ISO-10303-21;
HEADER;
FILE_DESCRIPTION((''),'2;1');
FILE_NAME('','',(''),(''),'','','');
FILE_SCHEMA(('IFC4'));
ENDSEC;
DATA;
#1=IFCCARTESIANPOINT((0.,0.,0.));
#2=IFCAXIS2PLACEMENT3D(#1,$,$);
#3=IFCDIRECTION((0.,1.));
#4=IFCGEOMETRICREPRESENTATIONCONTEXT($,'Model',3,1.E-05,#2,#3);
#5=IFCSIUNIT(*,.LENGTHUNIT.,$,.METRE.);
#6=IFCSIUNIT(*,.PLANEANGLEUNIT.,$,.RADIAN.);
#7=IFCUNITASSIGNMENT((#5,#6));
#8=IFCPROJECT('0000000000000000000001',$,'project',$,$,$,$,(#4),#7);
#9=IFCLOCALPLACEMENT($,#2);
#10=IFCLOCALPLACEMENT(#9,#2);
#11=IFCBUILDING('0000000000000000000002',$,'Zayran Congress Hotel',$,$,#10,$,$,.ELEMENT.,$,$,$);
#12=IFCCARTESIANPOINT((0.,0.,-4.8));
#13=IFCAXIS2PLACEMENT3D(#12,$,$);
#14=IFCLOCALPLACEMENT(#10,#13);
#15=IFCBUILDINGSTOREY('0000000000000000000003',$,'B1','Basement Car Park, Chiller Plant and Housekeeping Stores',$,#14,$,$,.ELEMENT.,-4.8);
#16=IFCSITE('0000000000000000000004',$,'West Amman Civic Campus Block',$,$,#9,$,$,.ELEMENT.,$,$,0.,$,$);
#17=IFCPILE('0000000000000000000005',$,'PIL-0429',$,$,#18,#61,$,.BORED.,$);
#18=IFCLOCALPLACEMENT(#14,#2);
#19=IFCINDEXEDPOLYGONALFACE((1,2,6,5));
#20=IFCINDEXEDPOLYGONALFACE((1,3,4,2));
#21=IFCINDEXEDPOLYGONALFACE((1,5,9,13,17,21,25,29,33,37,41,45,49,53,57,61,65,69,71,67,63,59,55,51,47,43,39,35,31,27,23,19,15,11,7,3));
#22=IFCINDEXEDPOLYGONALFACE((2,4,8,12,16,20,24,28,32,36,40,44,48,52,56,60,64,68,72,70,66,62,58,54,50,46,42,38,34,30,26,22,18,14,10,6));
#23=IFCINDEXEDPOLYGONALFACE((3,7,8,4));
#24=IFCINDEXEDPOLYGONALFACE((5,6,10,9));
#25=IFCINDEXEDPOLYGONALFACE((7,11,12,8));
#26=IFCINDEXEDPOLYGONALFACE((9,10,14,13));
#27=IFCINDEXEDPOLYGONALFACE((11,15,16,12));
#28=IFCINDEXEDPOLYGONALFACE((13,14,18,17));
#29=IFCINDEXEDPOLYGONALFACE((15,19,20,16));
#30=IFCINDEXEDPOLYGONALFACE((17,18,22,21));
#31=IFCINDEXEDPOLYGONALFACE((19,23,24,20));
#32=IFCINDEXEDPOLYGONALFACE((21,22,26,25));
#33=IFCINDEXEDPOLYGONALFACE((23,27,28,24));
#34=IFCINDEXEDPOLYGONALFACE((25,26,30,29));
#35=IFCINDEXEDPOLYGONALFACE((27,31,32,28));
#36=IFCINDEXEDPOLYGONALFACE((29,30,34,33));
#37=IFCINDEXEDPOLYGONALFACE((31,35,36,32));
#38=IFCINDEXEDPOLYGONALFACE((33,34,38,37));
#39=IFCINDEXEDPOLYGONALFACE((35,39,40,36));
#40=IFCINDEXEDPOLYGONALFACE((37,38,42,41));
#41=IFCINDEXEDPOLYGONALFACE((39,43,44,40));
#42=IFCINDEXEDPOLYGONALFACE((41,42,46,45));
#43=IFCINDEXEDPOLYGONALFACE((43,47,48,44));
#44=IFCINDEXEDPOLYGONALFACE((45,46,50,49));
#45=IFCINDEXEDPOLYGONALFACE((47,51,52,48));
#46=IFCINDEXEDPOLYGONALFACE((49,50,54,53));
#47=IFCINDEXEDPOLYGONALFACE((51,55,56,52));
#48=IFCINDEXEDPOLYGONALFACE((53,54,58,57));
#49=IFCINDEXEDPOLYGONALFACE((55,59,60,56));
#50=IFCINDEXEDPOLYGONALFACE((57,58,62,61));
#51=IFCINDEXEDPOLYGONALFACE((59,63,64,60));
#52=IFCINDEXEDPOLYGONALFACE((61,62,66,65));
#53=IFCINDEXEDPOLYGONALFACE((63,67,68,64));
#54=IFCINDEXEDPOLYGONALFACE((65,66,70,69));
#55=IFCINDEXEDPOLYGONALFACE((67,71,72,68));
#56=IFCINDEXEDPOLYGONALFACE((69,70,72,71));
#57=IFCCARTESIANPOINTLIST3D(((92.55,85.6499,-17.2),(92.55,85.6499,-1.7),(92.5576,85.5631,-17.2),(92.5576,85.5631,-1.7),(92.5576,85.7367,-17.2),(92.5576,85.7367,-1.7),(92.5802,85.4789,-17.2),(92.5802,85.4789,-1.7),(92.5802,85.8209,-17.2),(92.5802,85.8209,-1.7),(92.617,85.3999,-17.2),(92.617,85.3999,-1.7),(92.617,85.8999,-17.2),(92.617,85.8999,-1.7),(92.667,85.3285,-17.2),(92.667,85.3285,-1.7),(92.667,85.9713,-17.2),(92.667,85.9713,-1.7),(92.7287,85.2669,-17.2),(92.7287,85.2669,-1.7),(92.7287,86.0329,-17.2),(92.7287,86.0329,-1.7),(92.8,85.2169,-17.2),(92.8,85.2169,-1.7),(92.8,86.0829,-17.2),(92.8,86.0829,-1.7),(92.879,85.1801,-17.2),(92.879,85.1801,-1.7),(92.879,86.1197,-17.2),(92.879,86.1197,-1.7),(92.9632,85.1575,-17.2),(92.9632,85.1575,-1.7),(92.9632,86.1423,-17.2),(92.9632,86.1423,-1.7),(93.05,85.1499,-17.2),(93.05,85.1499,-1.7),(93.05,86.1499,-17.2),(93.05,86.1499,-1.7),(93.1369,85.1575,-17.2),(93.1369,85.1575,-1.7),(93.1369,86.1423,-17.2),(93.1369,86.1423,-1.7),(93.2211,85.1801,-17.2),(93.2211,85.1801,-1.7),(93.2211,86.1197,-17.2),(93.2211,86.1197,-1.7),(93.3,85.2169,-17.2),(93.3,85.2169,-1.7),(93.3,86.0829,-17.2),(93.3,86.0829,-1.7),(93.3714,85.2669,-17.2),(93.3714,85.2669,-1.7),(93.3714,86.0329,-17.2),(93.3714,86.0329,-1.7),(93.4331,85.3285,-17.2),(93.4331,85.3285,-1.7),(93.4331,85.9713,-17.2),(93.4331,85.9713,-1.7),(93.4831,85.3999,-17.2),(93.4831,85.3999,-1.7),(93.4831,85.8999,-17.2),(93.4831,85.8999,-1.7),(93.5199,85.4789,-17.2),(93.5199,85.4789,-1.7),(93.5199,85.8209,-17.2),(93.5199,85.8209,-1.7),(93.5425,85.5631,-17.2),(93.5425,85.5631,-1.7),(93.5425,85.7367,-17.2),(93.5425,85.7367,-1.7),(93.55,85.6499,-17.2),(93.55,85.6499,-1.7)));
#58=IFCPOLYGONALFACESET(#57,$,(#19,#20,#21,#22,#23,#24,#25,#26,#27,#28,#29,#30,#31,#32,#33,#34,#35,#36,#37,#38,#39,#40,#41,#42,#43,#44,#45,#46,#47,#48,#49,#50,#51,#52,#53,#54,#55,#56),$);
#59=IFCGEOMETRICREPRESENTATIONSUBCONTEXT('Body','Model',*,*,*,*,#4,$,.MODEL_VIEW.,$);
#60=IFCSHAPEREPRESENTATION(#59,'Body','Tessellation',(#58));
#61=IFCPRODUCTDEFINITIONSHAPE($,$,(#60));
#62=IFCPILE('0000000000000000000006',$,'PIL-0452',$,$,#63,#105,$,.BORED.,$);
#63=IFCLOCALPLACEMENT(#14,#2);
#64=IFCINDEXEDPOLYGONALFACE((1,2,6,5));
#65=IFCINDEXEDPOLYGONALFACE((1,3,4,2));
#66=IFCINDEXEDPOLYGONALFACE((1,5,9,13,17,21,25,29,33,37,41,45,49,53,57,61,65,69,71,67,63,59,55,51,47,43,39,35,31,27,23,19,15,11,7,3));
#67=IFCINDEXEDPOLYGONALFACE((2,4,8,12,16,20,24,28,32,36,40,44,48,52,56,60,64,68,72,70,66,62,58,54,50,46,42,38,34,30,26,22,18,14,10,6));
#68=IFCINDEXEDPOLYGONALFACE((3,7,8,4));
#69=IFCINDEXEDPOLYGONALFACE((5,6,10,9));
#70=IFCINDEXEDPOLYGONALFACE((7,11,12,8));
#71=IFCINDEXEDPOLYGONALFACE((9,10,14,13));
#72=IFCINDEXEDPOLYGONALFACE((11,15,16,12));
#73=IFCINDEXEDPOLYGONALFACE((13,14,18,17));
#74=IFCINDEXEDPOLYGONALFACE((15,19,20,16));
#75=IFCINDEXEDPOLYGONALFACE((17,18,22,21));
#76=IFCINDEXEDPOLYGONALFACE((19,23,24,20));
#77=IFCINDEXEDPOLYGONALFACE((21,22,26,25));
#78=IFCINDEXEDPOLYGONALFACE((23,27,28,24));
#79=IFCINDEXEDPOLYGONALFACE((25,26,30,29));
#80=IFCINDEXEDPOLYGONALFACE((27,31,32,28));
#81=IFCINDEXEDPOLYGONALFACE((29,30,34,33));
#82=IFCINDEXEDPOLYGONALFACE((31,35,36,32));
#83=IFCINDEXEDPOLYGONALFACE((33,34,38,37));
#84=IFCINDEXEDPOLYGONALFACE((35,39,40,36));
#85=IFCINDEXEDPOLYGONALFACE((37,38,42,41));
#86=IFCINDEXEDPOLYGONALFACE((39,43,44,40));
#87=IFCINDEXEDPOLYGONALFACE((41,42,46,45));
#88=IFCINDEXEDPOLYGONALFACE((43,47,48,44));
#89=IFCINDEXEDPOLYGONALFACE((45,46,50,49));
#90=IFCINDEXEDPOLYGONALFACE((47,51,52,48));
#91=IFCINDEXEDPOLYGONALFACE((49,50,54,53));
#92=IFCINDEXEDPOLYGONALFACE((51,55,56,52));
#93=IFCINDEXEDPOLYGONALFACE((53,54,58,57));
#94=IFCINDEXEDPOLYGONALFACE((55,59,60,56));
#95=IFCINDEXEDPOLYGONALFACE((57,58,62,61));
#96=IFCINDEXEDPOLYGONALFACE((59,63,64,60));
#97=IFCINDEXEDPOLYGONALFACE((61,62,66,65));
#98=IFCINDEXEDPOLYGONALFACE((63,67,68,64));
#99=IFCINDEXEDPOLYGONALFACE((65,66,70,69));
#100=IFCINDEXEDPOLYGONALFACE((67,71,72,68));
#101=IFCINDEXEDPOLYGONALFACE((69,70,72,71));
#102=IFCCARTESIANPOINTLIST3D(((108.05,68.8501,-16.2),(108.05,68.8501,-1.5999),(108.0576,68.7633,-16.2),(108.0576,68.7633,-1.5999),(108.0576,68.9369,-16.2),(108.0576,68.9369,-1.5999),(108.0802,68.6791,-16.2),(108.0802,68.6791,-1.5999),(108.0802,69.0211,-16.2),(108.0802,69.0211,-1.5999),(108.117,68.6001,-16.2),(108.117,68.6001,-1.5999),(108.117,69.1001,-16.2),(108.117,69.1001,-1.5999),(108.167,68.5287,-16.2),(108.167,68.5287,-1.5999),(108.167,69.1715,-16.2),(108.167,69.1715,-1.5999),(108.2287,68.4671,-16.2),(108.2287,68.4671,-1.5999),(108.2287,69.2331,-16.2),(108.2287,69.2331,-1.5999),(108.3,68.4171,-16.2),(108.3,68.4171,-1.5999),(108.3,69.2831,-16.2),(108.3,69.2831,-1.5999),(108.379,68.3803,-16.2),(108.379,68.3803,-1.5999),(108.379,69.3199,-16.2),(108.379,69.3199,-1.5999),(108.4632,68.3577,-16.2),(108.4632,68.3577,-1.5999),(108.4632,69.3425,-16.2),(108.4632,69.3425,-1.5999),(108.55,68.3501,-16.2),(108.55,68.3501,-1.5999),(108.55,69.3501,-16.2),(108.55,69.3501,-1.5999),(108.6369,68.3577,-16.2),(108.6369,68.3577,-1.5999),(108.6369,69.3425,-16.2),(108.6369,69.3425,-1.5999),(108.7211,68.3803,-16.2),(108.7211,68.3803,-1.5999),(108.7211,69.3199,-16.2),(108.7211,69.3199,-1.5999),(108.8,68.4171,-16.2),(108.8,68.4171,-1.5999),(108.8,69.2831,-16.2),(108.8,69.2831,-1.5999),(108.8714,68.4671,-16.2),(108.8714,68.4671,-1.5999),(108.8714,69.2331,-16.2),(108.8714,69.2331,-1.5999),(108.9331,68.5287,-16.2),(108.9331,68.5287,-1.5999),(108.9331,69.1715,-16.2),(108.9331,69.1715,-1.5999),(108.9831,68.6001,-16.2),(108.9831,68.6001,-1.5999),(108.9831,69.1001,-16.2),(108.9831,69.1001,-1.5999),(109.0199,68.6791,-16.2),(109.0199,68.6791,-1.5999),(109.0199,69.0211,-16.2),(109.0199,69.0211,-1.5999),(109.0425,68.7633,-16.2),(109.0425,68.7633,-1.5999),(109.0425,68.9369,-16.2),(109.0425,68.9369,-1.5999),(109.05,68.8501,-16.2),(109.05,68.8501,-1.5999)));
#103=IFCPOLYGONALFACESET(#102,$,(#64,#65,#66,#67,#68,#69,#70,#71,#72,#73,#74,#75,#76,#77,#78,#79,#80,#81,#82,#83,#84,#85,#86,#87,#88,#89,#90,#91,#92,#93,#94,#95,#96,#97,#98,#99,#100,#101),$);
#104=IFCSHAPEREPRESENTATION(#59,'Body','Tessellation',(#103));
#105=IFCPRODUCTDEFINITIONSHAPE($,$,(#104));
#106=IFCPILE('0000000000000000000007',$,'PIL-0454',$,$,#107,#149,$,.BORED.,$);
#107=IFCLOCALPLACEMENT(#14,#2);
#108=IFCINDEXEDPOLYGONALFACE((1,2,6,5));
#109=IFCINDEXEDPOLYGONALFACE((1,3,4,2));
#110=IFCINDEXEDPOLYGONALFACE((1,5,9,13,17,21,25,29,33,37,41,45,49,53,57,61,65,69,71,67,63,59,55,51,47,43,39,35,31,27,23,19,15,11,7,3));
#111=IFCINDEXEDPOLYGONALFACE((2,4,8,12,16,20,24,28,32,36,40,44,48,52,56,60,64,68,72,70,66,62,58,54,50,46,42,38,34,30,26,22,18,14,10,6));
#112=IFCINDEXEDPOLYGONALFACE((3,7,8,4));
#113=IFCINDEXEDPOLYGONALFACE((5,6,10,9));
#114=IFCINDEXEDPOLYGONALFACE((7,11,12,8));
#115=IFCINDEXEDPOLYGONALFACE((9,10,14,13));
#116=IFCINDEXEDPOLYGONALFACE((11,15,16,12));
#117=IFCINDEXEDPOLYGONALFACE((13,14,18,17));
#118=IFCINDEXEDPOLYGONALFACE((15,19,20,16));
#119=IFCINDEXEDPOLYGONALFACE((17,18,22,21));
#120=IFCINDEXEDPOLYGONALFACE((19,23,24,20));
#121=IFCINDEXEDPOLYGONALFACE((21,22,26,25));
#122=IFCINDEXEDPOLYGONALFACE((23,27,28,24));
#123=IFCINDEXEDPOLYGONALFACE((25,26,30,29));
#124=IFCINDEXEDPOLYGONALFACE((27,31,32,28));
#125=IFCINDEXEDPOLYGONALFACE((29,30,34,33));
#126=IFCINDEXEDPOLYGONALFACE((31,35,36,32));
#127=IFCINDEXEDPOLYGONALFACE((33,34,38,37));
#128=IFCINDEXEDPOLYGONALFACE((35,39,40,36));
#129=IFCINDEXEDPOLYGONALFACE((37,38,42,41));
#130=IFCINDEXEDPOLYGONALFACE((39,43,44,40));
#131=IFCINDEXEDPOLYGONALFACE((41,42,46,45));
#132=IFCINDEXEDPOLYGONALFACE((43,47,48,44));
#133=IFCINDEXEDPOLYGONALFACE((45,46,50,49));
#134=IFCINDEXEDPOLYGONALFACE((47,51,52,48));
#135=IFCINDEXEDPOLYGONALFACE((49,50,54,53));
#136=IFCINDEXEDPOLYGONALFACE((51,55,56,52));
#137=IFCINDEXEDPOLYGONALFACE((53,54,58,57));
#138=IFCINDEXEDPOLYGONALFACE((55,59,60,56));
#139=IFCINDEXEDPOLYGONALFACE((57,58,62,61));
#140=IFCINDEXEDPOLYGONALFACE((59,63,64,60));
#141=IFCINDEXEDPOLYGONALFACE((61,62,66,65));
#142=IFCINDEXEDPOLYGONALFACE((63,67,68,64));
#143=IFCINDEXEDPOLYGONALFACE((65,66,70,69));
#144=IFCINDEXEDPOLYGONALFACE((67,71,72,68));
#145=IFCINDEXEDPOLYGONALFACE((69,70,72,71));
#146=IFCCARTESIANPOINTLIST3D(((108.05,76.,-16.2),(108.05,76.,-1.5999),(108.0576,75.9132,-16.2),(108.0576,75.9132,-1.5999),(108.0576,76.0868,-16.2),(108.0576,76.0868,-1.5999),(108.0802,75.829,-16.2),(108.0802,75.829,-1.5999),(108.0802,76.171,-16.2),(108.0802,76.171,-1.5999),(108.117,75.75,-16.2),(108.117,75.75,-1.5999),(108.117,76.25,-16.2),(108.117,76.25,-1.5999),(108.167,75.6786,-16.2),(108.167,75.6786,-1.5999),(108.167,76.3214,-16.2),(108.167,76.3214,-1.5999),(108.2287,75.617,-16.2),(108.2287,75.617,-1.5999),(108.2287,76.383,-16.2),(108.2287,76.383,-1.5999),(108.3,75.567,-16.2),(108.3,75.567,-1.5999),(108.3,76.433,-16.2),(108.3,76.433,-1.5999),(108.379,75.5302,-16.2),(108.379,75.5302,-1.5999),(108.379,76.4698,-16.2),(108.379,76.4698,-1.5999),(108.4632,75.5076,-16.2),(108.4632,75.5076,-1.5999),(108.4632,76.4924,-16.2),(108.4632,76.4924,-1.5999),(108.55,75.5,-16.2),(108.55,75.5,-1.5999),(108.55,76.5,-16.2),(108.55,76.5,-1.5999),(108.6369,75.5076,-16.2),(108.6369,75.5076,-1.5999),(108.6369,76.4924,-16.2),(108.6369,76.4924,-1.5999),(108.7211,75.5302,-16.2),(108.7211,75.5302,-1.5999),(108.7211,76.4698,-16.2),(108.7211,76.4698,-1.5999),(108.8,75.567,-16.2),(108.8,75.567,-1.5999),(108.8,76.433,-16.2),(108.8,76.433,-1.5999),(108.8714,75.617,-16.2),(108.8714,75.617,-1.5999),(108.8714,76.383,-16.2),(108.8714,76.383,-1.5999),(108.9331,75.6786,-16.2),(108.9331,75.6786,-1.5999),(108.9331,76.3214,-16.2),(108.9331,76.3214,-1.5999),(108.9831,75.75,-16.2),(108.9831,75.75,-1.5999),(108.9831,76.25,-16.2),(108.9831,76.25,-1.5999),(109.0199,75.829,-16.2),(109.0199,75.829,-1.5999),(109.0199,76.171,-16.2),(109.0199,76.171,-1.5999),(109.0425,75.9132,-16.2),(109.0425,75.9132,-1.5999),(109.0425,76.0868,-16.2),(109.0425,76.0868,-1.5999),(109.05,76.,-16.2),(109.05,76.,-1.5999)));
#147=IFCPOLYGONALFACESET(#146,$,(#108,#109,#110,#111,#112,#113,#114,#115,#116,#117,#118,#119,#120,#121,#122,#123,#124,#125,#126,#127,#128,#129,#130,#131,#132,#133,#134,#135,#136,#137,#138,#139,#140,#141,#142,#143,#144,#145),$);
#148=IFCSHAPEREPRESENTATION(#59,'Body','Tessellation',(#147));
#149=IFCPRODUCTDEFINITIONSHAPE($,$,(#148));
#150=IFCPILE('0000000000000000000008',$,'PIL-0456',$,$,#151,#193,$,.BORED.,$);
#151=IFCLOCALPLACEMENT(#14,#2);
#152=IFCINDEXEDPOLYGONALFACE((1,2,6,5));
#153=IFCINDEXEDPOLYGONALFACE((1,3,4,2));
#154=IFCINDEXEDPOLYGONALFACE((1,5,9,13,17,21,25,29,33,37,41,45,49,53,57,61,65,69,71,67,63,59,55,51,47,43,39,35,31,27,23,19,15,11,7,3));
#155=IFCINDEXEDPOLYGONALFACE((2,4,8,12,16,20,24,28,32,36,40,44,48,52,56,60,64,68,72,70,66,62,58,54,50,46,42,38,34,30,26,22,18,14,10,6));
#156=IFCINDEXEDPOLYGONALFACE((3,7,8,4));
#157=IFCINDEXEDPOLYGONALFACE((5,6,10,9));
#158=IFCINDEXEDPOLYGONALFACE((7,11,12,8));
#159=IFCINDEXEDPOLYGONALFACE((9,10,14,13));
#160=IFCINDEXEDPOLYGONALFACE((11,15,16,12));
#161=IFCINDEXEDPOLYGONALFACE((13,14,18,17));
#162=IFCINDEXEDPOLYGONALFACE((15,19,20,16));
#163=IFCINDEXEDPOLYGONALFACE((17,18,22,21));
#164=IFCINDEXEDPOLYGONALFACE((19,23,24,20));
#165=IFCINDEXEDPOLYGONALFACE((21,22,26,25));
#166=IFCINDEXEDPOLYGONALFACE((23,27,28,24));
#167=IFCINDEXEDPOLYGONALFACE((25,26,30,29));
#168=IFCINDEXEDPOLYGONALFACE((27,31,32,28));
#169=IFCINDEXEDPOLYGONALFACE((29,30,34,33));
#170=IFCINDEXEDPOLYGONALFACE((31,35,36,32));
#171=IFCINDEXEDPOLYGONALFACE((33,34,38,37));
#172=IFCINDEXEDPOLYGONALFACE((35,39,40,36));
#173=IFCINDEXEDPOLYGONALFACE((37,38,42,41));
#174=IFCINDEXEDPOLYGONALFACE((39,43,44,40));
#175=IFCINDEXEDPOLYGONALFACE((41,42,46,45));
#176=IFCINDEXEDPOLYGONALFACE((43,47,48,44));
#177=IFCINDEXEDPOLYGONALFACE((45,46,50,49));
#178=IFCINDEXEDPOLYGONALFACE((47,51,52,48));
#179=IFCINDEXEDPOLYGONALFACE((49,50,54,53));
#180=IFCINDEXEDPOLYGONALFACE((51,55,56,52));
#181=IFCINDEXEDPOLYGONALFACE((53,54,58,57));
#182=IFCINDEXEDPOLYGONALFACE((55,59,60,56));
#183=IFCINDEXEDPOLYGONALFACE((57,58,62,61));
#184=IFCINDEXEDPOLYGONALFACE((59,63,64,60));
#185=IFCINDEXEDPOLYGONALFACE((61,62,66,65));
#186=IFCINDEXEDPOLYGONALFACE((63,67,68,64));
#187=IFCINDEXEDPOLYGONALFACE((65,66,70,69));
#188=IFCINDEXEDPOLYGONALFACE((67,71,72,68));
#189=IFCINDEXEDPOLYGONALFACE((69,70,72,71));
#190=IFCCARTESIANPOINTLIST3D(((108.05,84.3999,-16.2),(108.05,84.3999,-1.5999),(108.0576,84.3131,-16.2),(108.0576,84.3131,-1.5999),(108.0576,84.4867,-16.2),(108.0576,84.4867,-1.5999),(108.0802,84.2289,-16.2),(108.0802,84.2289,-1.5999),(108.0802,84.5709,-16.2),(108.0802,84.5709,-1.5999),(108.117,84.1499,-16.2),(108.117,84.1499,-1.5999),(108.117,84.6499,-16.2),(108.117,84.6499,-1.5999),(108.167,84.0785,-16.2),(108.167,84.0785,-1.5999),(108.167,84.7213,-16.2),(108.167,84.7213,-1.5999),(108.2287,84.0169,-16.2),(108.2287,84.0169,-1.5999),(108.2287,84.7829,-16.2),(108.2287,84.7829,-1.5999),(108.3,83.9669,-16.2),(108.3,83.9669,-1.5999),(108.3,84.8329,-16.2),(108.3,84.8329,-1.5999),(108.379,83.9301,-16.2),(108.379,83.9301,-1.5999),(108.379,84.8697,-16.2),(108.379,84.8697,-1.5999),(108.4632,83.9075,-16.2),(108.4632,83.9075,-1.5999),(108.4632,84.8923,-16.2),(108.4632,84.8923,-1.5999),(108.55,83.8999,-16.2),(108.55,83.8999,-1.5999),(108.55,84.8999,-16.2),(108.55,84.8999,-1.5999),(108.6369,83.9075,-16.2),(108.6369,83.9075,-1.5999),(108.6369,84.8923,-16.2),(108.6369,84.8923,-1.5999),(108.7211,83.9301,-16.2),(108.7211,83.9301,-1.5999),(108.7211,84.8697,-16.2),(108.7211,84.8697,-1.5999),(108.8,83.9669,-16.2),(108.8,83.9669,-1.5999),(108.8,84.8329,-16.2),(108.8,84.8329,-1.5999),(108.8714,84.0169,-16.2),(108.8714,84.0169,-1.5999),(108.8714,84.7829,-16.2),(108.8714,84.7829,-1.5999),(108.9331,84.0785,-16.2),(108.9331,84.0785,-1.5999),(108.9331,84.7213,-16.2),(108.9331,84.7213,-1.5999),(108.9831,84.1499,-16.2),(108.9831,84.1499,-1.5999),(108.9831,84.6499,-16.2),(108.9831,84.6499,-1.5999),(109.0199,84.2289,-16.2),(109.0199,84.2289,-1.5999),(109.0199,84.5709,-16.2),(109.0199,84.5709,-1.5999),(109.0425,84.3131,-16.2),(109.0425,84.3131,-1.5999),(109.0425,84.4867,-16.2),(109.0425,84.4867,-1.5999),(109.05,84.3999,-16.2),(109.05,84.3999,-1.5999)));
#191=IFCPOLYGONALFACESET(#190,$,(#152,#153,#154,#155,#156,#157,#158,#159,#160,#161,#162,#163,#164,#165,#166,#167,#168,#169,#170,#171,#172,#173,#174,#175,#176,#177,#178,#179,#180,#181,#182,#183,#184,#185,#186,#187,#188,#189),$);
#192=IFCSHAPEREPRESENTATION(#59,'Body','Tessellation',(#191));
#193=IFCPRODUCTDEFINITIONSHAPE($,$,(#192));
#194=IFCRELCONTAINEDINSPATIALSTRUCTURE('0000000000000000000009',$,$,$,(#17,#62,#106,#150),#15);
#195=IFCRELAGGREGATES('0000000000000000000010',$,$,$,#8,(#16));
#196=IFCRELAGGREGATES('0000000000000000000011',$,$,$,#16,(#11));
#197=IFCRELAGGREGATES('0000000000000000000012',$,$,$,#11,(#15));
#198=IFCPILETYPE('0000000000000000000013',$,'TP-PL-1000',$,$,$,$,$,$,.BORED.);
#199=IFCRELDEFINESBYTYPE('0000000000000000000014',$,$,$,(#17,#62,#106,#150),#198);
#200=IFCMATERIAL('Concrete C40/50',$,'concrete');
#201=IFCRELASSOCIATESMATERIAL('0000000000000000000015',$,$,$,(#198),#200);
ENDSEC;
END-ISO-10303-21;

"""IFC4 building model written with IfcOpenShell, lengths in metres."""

from ifc_helpers import new_model, si_unit, direction, frame, origin, origin_2d, place, context, subcontext, project, spatial, circle, extrude, material, material_profile, profile_set, type_object, element, save


model = new_model("IFC4")

# Units and contexts
model_context = context("Model", 3, precision=1e-05, world=origin(), true_north=direction((0.0, 1.0)))
body_context = subcontext(model_context, "Body", "Model", "MODEL_VIEW")
ifc_project = project(units=[si_unit("LENGTHUNIT", "METRE"), si_unit("PLANEANGLEUNIT", "RADIAN")], contexts=[model_context])

# Site, building, storey
site_placement = place(None, origin())
site = spatial("IfcSite", under=ifc_project, at=site_placement, Name="West Amman Civic Campus Block", CompositionType="ELEMENT", RefElevation=0.0)
building_placement = place(site_placement, origin())
building = spatial("IfcBuilding", under=site, at=building_placement, Name="Zayran Congress Hotel", CompositionType="ELEMENT")
storey_placement = place(building_placement, frame((0.0, 0.0, -4.8)))
storey = spatial("IfcBuildingStorey", under=building, at=storey_placement, Name="B1", Description="Basement Car Park, Chiller Plant and Housekeeping Stores", CompositionType="ELEMENT", Elevation=-4.8)

# Piles
ifc_material_1 = material(Name="Concrete C40/50", Category="concrete")
ifc_material_profile_1 = material_profile(ifc_material_1, circle(Radius=0.5, at=origin_2d()), Name="PILE D1000")
ifc_profile_set_1 = profile_set([ifc_material_profile_1], Name="Concrete C40/50")
pile_type = type_object("IfcPileType", Name="TP-PL-1000", PredefinedType="BORED", material=ifc_profile_set_1)
for number, where, z_axis, x_axis, name in (
    (1, (93.05, 85.6499, -1.7), (0.0, 0.0, -1.0), (1.0, 0.0, 0.0), "PIL-0429"),
):
    element("IfcPile", number, at=place(storey_placement, frame(where, z_axis=z_axis, x_axis=x_axis)), inside=storey, type_object=pile_type, Name=name, PredefinedType="BORED", context=body_context, shape_type="SweptSolid", body=[
        extrude(circle(Radius=0.5, at=origin_2d()), origin(), (0.0, 0.0, 1.0), 15.5),
    ])
for number, where, z_axis, x_axis, name in (
    (2, (108.55, 68.8501, -1.5999), (0.0, 0.0, -1.0), (1.0, 0.0, 0.0), "PIL-0452"),
    (3, (108.55, 76.0, -1.5999), (0.0, 0.0, -1.0), (1.0, 0.0, 0.0), "PIL-0454"),
    (4, (108.55, 84.3999, -1.5999), (0.0, 0.0, -1.0), (1.0, 0.0, 0.0), "PIL-0456"),
):
    element("IfcPile", number, at=place(storey_placement, frame(where, z_axis=z_axis, x_axis=x_axis)), inside=storey, type_object=pile_type, Name=name, PredefinedType="BORED", context=body_context, shape_type="SweptSolid", body=[
        extrude(circle(Radius=0.5, at=origin_2d()), origin(), (0.0, 0.0, 1.0), 14.6001),
    ])

save(model, "model.ifc")
